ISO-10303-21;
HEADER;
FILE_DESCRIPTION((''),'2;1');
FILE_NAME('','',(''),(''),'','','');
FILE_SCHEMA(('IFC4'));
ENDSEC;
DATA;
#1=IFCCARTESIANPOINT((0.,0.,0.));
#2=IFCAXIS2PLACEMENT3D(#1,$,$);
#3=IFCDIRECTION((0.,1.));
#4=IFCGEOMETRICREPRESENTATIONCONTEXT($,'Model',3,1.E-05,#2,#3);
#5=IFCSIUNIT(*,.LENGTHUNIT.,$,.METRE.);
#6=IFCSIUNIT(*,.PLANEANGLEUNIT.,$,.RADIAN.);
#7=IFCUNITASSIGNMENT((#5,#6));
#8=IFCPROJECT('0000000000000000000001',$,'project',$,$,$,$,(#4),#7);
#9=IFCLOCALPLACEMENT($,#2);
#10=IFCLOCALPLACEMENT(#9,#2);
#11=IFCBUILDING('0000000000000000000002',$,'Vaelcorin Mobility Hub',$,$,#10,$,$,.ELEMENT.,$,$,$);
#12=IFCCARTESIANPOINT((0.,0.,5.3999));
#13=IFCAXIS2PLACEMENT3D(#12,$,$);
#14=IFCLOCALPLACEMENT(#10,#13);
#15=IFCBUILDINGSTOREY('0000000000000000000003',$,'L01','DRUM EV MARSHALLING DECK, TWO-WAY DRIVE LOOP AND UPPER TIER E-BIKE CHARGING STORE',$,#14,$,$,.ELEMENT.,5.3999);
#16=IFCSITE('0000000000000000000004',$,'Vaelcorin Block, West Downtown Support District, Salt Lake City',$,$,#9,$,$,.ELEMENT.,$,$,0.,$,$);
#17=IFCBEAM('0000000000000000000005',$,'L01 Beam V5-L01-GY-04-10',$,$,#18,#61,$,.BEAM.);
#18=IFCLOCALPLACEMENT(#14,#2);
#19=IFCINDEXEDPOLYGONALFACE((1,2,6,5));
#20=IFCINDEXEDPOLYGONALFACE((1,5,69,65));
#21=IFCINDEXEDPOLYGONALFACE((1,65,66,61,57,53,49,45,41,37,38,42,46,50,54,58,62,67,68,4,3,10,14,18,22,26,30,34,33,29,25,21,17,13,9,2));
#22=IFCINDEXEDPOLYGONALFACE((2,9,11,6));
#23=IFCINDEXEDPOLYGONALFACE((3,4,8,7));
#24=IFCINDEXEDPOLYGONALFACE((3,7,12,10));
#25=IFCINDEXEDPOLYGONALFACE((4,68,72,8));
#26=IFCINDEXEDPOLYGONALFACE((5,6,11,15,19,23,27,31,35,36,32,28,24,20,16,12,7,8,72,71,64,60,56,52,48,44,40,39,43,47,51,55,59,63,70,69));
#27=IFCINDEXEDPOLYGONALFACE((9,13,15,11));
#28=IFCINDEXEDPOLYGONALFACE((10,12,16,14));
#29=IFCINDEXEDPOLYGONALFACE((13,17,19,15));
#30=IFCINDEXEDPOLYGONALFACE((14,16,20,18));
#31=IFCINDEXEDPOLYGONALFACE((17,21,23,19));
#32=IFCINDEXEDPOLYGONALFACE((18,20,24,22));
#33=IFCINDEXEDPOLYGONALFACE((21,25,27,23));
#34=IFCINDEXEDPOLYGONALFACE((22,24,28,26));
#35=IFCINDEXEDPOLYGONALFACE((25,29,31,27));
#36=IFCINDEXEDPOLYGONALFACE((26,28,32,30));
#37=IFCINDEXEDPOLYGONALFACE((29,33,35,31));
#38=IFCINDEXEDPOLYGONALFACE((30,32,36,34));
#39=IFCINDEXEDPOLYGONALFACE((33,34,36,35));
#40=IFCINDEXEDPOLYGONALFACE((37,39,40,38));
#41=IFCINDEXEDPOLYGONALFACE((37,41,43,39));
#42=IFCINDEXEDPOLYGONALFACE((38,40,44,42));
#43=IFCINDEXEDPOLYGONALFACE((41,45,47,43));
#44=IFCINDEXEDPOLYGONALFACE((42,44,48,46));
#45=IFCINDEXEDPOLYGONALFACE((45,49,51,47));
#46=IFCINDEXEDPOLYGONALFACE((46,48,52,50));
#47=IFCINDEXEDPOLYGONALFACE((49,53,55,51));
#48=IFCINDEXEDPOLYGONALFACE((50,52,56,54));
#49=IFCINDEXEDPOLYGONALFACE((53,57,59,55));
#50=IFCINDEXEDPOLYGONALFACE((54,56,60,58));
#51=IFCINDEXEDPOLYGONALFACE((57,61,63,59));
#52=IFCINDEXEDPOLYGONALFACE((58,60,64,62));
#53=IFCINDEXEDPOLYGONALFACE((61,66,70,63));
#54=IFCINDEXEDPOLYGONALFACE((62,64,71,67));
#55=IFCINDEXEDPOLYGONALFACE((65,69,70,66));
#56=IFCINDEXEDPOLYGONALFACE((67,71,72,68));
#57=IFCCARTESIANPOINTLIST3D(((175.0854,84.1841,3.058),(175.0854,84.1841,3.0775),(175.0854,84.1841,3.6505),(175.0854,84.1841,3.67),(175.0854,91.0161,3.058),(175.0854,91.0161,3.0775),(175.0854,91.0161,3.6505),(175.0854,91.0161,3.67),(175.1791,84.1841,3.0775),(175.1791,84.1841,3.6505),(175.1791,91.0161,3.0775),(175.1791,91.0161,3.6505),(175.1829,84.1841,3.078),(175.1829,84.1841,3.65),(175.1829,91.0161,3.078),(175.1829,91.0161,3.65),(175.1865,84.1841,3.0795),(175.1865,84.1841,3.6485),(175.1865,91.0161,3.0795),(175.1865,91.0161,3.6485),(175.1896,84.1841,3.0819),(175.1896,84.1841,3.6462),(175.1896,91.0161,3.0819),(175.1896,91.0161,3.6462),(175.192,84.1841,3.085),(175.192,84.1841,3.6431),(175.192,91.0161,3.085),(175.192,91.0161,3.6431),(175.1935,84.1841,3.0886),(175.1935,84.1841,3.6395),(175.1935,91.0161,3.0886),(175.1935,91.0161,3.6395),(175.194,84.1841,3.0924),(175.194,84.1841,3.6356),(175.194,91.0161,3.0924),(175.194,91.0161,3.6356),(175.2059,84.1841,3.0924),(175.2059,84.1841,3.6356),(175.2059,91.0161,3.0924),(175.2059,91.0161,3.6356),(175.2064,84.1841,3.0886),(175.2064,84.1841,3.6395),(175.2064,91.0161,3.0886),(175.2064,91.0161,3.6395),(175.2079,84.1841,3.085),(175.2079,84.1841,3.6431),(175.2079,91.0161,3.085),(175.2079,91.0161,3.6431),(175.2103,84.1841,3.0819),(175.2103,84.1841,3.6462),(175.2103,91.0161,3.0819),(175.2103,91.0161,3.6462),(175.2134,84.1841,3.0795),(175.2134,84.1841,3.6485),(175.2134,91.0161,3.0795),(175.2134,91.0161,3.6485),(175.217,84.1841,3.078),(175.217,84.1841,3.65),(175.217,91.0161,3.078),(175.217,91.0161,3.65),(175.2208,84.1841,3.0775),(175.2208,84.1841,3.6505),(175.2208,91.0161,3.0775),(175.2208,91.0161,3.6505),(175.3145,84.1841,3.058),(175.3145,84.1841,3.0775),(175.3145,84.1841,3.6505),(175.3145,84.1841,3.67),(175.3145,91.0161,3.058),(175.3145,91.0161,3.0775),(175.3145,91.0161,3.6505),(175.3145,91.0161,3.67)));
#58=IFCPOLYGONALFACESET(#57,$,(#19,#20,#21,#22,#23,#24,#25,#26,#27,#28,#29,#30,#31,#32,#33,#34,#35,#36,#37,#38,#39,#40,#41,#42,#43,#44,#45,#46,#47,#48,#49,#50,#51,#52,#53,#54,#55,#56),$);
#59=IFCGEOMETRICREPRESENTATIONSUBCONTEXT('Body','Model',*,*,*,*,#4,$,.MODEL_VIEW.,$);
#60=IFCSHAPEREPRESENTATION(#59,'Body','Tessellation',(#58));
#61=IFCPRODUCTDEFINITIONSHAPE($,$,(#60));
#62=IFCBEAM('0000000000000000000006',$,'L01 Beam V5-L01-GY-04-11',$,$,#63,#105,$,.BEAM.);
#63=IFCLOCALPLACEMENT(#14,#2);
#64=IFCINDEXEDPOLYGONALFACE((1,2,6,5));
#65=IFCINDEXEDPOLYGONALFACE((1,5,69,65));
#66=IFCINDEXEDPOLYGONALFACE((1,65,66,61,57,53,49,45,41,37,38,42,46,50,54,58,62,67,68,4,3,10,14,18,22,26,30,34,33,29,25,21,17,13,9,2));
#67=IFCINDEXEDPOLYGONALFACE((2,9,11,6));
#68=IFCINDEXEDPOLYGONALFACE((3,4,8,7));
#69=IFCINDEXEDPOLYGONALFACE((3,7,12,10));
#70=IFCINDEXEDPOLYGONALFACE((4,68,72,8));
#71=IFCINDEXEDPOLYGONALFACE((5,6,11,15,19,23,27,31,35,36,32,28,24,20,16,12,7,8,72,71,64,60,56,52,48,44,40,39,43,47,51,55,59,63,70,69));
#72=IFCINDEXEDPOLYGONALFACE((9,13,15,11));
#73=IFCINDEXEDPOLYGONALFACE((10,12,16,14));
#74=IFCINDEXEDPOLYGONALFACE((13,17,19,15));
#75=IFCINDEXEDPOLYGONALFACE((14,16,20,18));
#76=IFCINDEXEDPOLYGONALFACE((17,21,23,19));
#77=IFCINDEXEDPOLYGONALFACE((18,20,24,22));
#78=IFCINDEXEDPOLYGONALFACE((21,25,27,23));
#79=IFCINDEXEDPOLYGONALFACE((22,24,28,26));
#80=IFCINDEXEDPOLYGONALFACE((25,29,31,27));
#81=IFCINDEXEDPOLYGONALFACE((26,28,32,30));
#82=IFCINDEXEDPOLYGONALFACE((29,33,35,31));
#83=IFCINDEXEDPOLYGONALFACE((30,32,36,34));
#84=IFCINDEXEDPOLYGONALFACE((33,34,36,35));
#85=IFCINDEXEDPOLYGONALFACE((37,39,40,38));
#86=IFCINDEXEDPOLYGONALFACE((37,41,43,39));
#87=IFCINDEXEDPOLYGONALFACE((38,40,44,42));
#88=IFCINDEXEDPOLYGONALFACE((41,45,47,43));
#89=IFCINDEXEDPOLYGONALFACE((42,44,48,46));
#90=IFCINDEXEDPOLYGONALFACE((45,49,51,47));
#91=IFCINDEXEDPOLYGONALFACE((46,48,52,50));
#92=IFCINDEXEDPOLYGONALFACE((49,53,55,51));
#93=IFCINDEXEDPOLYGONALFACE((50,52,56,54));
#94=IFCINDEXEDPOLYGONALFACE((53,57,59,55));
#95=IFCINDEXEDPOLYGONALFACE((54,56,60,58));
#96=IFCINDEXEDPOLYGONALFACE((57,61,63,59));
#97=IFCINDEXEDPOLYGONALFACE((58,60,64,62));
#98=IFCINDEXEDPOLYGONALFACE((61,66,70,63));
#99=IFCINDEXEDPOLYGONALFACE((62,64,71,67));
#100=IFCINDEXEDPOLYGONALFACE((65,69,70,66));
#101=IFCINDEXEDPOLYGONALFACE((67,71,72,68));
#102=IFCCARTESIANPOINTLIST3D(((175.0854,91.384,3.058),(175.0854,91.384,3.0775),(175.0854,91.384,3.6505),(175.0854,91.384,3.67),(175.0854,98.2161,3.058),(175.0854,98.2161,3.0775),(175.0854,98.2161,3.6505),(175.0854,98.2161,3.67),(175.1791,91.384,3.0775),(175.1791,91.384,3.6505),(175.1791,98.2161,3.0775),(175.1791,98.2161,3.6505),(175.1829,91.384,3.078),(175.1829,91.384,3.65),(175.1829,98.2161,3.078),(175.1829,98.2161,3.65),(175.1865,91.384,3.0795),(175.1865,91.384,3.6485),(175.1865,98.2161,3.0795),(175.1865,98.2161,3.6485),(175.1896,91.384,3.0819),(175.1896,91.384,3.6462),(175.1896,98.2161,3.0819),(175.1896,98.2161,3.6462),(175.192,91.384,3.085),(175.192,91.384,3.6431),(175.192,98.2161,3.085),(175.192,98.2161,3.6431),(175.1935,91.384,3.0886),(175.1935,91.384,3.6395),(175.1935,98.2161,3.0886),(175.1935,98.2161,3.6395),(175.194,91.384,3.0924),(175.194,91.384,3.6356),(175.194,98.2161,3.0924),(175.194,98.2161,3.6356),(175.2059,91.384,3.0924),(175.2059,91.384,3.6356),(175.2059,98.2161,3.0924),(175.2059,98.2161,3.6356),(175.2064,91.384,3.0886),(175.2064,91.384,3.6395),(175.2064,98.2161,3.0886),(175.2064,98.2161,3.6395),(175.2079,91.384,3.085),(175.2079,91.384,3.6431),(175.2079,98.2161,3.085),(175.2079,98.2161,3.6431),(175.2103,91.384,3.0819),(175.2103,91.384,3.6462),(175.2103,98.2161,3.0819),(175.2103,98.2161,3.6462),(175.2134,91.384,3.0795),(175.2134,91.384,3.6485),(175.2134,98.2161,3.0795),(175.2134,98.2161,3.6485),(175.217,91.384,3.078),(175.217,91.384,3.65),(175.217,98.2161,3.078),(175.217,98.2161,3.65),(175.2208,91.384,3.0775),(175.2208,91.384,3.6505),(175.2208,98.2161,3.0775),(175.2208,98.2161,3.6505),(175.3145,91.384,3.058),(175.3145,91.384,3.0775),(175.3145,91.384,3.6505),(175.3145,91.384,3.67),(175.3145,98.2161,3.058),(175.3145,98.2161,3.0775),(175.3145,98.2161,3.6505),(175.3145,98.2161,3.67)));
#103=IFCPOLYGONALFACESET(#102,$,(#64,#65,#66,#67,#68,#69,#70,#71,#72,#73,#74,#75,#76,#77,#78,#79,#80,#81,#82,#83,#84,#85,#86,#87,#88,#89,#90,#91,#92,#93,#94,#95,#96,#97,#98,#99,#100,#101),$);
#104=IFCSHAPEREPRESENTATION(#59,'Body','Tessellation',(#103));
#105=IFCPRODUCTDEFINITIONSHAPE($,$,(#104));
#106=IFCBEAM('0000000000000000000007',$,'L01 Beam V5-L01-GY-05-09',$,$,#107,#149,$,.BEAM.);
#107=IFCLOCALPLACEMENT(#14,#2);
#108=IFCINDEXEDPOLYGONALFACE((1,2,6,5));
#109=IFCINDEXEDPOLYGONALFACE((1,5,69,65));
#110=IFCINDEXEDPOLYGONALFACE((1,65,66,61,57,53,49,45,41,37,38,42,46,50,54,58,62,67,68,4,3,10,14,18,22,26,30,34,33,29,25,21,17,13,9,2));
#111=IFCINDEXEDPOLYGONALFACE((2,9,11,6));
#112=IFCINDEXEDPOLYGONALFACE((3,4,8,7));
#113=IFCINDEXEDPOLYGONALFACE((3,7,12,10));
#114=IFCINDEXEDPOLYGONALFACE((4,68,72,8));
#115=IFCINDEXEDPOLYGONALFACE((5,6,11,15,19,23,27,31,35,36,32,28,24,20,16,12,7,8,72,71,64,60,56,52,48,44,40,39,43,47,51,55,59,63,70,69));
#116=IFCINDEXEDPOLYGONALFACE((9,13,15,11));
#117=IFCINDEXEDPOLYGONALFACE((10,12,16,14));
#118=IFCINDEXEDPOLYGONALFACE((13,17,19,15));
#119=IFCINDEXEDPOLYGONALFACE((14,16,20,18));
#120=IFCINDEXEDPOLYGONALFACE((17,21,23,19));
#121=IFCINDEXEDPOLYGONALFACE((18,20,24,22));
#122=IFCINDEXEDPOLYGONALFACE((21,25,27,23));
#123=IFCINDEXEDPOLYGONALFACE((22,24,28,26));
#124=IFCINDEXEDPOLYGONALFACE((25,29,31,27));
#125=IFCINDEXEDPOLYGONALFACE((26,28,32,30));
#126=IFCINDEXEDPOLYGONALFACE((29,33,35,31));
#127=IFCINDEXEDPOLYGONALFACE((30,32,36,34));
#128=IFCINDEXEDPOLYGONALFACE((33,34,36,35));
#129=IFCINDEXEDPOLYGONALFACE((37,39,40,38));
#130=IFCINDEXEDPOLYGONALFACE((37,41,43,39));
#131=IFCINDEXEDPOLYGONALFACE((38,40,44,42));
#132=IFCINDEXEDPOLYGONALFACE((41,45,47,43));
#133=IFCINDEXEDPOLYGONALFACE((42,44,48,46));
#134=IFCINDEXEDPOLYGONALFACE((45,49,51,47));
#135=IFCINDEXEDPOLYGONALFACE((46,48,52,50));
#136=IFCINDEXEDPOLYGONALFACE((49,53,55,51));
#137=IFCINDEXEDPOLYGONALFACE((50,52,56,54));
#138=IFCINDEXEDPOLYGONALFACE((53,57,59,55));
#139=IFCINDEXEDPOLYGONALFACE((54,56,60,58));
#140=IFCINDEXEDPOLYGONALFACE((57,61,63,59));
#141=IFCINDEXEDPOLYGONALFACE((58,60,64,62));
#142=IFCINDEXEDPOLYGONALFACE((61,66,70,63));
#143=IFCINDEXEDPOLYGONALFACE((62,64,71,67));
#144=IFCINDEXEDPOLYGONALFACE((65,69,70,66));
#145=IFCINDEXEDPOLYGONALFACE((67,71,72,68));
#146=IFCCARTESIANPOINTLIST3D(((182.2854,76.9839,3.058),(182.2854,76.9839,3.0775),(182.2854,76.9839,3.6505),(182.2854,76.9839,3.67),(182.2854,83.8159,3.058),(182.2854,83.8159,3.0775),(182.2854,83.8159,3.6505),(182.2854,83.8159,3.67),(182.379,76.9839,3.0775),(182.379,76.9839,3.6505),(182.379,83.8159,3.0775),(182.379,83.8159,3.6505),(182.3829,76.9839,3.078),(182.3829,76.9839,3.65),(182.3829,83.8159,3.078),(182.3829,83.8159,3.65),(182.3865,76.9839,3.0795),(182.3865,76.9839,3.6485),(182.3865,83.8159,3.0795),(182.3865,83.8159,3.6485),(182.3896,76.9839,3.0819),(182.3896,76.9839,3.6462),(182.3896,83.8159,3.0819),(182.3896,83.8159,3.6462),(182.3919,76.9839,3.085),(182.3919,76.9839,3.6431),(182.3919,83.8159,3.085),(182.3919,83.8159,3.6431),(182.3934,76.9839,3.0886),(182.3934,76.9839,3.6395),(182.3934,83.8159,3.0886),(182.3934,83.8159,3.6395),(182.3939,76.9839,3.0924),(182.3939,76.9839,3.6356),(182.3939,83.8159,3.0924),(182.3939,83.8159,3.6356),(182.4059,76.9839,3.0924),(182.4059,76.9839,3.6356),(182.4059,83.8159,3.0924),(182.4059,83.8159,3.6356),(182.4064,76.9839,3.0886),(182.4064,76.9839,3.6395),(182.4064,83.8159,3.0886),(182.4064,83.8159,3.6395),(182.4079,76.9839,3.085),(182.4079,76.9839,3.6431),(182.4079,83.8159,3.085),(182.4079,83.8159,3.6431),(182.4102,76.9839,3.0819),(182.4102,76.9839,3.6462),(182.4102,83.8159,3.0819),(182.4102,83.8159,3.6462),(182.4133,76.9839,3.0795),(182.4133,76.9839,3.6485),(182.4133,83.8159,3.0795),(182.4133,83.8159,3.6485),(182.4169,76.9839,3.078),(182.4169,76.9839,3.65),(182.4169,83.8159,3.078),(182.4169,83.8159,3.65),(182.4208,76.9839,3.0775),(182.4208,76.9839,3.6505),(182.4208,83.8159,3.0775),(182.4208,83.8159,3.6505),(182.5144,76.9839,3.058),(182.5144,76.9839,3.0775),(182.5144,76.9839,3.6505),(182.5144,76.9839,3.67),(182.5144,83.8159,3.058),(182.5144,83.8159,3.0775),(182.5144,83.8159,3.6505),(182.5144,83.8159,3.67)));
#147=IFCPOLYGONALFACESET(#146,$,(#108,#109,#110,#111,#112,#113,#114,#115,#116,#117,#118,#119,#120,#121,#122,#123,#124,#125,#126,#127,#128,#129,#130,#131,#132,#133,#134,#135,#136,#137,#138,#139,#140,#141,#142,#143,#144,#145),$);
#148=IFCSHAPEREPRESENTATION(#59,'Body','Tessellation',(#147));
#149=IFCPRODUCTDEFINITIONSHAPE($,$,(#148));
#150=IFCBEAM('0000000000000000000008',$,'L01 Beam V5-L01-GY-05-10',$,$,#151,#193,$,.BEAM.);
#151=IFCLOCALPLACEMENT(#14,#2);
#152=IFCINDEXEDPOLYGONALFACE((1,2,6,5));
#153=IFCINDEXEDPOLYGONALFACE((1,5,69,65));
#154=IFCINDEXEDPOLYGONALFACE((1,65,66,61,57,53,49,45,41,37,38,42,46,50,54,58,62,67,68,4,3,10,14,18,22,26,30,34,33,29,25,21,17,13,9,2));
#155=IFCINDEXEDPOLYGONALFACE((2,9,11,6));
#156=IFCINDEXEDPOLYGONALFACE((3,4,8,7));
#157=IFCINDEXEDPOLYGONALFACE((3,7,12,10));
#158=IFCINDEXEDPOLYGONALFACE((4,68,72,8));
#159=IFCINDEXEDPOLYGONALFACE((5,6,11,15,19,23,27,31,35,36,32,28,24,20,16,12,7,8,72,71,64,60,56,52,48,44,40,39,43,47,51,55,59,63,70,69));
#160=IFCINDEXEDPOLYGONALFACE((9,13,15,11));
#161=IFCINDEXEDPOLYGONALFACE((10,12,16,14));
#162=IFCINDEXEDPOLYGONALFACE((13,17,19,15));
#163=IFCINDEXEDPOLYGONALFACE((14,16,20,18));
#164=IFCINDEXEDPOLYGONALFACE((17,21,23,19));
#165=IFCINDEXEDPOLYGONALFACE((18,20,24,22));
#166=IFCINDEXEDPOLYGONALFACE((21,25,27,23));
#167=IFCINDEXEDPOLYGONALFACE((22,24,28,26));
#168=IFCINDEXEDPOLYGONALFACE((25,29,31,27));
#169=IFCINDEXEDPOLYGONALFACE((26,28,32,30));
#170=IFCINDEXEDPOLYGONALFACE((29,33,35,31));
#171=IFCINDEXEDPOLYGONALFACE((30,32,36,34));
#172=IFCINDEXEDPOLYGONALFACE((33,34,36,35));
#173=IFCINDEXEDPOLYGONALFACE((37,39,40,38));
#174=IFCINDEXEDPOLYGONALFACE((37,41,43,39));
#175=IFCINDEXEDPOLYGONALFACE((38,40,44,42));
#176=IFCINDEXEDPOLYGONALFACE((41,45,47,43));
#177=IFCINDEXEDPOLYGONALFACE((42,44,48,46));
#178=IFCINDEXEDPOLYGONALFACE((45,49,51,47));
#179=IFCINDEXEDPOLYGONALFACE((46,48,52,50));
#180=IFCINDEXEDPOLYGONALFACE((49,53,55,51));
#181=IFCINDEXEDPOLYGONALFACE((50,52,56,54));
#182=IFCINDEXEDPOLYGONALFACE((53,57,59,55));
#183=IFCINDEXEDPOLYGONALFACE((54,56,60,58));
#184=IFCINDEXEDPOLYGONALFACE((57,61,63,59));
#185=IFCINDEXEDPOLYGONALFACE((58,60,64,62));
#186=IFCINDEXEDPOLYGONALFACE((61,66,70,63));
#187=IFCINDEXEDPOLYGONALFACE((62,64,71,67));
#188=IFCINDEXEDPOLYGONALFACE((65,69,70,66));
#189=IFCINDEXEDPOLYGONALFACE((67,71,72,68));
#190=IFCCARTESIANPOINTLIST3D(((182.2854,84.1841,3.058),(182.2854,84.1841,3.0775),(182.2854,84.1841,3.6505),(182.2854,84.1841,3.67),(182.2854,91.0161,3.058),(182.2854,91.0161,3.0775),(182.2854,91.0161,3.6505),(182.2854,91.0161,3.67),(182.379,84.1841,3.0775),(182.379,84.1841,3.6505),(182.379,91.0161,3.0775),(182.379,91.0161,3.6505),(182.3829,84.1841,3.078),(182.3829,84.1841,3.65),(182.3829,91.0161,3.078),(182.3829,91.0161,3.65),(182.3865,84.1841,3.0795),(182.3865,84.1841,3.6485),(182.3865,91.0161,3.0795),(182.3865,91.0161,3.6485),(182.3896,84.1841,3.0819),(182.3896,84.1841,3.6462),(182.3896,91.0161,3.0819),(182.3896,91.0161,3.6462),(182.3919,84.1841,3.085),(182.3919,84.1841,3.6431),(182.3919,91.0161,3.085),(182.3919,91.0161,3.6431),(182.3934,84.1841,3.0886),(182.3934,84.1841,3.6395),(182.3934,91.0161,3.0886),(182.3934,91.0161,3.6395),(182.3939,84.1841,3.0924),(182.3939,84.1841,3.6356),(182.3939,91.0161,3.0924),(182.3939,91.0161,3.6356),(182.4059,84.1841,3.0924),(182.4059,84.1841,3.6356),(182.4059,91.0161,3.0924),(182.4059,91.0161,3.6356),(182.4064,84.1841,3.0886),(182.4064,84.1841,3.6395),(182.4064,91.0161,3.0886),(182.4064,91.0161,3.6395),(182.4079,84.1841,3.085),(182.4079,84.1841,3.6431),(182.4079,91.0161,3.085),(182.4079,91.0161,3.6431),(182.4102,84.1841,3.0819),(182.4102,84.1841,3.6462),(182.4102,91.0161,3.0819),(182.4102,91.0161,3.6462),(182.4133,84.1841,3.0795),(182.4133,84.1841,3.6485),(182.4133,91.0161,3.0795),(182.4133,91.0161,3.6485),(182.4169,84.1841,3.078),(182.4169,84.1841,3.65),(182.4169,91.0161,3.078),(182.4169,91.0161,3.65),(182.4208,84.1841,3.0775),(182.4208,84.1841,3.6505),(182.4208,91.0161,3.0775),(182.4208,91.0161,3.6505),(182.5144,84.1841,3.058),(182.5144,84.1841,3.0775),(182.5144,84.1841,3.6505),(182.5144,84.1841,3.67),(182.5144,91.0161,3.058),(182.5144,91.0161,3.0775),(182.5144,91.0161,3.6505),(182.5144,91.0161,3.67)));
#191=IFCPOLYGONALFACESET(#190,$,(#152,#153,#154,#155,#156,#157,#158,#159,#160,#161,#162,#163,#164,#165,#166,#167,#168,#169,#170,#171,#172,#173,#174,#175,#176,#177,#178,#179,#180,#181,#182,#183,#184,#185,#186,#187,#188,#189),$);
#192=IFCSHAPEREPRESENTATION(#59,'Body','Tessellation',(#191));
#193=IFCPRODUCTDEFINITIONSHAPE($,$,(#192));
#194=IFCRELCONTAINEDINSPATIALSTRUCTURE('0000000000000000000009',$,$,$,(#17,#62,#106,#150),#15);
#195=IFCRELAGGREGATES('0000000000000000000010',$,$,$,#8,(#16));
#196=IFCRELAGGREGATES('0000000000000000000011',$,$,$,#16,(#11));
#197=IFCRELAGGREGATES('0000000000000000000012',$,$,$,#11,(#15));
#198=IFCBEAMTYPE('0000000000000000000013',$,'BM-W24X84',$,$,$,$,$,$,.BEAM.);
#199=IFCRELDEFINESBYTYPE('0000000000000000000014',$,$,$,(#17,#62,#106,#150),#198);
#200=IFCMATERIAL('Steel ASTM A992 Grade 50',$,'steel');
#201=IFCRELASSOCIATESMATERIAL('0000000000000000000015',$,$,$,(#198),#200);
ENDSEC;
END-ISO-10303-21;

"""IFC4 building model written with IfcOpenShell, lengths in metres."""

from ifc_helpers import new_model, si_unit, direction, frame, origin, origin_2d, place, context, subcontext, project, spatial, i_section, extrude, material, material_profile, profile_set, type_object, element, save


model = new_model("IFC4")

# Units and contexts
model_context = context("Model", 3, precision=1e-05, world=origin(), true_north=direction((0.0, 1.0)))
body_context = subcontext(model_context, "Body", "Model", "MODEL_VIEW")
ifc_project = project(units=[si_unit("LENGTHUNIT", "METRE"), si_unit("PLANEANGLEUNIT", "RADIAN")], contexts=[model_context])

# Site, building, storey
site_placement = place(None, origin())
site = spatial("IfcSite", under=ifc_project, at=site_placement, Name="Vaelcorin Block, West Downtown Support District, Salt Lake City", CompositionType="ELEMENT", RefElevation=0.0)
building_placement = place(site_placement, origin())
building = spatial("IfcBuilding", under=site, at=building_placement, Name="Vaelcorin Mobility Hub", CompositionType="ELEMENT")
storey_placement = place(building_placement, frame((0.0, 0.0, 5.3999)))
storey = spatial("IfcBuildingStorey", under=building, at=storey_placement, Name="L01", Description="DRUM EV MARSHALLING DECK, TWO-WAY DRIVE LOOP AND UPPER TIER E-BIKE CHARGING STORE", CompositionType="ELEMENT", Elevation=5.3999)

# Shared definitions
ifc_material_1 = material(Name="Steel ASTM A992 Grade 50", Category="steel")

# Beams
ifc_material_profile_1 = material_profile(ifc_material_1, i_section(OverallWidth=0.229, OverallDepth=0.6121, WebThickness=0.012, FlangeThickness=0.0195, FilletRadius=0.0149, at=origin_2d()), Name="W24X84")
ifc_profile_set_1 = profile_set([ifc_material_profile_1], Name="Steel ASTM A992 Grade 50")
beam_type_1 = type_object("IfcBeamType", Name="BM-W24X84", PredefinedType="BEAM", material=ifc_profile_set_1)
for number, where, z_axis, x_axis, name in (
    (1, (175.2, 84.1841, 3.364), (0.0, 1.0, 0.0), (-1.0, 0.0, 0.0), "L01 Beam V5-L01-GY-04-10"),
    (2, (175.2, 91.384, 3.364), (0.0, 1.0, 0.0), (-1.0, 0.0, 0.0), "L01 Beam V5-L01-GY-04-11"),
    (3, (182.3999, 76.9839, 3.364), (0.0, 1.0, 0.0), (-1.0, 0.0, 0.0), "L01 Beam V5-L01-GY-05-09"),
    (4, (182.3999, 84.1841, 3.364), (0.0, 1.0, 0.0), (-1.0, 0.0, 0.0), "L01 Beam V5-L01-GY-05-10"),
):
    element("IfcBeam", number, at=place(storey_placement, frame(where, z_axis=z_axis, x_axis=x_axis)), inside=storey, type_object=beam_type_1, Name=name, PredefinedType="BEAM", context=body_context, shape_type="SweptSolid", body=[
        extrude(i_section(OverallWidth=0.229, OverallDepth=0.6121, WebThickness=0.012, FlangeThickness=0.0195, FilletRadius=0.0149, at=origin_2d()), origin(), (0.0, 0.0, 1.0), 6.832),
    ])

save(model, "model.ifc")
